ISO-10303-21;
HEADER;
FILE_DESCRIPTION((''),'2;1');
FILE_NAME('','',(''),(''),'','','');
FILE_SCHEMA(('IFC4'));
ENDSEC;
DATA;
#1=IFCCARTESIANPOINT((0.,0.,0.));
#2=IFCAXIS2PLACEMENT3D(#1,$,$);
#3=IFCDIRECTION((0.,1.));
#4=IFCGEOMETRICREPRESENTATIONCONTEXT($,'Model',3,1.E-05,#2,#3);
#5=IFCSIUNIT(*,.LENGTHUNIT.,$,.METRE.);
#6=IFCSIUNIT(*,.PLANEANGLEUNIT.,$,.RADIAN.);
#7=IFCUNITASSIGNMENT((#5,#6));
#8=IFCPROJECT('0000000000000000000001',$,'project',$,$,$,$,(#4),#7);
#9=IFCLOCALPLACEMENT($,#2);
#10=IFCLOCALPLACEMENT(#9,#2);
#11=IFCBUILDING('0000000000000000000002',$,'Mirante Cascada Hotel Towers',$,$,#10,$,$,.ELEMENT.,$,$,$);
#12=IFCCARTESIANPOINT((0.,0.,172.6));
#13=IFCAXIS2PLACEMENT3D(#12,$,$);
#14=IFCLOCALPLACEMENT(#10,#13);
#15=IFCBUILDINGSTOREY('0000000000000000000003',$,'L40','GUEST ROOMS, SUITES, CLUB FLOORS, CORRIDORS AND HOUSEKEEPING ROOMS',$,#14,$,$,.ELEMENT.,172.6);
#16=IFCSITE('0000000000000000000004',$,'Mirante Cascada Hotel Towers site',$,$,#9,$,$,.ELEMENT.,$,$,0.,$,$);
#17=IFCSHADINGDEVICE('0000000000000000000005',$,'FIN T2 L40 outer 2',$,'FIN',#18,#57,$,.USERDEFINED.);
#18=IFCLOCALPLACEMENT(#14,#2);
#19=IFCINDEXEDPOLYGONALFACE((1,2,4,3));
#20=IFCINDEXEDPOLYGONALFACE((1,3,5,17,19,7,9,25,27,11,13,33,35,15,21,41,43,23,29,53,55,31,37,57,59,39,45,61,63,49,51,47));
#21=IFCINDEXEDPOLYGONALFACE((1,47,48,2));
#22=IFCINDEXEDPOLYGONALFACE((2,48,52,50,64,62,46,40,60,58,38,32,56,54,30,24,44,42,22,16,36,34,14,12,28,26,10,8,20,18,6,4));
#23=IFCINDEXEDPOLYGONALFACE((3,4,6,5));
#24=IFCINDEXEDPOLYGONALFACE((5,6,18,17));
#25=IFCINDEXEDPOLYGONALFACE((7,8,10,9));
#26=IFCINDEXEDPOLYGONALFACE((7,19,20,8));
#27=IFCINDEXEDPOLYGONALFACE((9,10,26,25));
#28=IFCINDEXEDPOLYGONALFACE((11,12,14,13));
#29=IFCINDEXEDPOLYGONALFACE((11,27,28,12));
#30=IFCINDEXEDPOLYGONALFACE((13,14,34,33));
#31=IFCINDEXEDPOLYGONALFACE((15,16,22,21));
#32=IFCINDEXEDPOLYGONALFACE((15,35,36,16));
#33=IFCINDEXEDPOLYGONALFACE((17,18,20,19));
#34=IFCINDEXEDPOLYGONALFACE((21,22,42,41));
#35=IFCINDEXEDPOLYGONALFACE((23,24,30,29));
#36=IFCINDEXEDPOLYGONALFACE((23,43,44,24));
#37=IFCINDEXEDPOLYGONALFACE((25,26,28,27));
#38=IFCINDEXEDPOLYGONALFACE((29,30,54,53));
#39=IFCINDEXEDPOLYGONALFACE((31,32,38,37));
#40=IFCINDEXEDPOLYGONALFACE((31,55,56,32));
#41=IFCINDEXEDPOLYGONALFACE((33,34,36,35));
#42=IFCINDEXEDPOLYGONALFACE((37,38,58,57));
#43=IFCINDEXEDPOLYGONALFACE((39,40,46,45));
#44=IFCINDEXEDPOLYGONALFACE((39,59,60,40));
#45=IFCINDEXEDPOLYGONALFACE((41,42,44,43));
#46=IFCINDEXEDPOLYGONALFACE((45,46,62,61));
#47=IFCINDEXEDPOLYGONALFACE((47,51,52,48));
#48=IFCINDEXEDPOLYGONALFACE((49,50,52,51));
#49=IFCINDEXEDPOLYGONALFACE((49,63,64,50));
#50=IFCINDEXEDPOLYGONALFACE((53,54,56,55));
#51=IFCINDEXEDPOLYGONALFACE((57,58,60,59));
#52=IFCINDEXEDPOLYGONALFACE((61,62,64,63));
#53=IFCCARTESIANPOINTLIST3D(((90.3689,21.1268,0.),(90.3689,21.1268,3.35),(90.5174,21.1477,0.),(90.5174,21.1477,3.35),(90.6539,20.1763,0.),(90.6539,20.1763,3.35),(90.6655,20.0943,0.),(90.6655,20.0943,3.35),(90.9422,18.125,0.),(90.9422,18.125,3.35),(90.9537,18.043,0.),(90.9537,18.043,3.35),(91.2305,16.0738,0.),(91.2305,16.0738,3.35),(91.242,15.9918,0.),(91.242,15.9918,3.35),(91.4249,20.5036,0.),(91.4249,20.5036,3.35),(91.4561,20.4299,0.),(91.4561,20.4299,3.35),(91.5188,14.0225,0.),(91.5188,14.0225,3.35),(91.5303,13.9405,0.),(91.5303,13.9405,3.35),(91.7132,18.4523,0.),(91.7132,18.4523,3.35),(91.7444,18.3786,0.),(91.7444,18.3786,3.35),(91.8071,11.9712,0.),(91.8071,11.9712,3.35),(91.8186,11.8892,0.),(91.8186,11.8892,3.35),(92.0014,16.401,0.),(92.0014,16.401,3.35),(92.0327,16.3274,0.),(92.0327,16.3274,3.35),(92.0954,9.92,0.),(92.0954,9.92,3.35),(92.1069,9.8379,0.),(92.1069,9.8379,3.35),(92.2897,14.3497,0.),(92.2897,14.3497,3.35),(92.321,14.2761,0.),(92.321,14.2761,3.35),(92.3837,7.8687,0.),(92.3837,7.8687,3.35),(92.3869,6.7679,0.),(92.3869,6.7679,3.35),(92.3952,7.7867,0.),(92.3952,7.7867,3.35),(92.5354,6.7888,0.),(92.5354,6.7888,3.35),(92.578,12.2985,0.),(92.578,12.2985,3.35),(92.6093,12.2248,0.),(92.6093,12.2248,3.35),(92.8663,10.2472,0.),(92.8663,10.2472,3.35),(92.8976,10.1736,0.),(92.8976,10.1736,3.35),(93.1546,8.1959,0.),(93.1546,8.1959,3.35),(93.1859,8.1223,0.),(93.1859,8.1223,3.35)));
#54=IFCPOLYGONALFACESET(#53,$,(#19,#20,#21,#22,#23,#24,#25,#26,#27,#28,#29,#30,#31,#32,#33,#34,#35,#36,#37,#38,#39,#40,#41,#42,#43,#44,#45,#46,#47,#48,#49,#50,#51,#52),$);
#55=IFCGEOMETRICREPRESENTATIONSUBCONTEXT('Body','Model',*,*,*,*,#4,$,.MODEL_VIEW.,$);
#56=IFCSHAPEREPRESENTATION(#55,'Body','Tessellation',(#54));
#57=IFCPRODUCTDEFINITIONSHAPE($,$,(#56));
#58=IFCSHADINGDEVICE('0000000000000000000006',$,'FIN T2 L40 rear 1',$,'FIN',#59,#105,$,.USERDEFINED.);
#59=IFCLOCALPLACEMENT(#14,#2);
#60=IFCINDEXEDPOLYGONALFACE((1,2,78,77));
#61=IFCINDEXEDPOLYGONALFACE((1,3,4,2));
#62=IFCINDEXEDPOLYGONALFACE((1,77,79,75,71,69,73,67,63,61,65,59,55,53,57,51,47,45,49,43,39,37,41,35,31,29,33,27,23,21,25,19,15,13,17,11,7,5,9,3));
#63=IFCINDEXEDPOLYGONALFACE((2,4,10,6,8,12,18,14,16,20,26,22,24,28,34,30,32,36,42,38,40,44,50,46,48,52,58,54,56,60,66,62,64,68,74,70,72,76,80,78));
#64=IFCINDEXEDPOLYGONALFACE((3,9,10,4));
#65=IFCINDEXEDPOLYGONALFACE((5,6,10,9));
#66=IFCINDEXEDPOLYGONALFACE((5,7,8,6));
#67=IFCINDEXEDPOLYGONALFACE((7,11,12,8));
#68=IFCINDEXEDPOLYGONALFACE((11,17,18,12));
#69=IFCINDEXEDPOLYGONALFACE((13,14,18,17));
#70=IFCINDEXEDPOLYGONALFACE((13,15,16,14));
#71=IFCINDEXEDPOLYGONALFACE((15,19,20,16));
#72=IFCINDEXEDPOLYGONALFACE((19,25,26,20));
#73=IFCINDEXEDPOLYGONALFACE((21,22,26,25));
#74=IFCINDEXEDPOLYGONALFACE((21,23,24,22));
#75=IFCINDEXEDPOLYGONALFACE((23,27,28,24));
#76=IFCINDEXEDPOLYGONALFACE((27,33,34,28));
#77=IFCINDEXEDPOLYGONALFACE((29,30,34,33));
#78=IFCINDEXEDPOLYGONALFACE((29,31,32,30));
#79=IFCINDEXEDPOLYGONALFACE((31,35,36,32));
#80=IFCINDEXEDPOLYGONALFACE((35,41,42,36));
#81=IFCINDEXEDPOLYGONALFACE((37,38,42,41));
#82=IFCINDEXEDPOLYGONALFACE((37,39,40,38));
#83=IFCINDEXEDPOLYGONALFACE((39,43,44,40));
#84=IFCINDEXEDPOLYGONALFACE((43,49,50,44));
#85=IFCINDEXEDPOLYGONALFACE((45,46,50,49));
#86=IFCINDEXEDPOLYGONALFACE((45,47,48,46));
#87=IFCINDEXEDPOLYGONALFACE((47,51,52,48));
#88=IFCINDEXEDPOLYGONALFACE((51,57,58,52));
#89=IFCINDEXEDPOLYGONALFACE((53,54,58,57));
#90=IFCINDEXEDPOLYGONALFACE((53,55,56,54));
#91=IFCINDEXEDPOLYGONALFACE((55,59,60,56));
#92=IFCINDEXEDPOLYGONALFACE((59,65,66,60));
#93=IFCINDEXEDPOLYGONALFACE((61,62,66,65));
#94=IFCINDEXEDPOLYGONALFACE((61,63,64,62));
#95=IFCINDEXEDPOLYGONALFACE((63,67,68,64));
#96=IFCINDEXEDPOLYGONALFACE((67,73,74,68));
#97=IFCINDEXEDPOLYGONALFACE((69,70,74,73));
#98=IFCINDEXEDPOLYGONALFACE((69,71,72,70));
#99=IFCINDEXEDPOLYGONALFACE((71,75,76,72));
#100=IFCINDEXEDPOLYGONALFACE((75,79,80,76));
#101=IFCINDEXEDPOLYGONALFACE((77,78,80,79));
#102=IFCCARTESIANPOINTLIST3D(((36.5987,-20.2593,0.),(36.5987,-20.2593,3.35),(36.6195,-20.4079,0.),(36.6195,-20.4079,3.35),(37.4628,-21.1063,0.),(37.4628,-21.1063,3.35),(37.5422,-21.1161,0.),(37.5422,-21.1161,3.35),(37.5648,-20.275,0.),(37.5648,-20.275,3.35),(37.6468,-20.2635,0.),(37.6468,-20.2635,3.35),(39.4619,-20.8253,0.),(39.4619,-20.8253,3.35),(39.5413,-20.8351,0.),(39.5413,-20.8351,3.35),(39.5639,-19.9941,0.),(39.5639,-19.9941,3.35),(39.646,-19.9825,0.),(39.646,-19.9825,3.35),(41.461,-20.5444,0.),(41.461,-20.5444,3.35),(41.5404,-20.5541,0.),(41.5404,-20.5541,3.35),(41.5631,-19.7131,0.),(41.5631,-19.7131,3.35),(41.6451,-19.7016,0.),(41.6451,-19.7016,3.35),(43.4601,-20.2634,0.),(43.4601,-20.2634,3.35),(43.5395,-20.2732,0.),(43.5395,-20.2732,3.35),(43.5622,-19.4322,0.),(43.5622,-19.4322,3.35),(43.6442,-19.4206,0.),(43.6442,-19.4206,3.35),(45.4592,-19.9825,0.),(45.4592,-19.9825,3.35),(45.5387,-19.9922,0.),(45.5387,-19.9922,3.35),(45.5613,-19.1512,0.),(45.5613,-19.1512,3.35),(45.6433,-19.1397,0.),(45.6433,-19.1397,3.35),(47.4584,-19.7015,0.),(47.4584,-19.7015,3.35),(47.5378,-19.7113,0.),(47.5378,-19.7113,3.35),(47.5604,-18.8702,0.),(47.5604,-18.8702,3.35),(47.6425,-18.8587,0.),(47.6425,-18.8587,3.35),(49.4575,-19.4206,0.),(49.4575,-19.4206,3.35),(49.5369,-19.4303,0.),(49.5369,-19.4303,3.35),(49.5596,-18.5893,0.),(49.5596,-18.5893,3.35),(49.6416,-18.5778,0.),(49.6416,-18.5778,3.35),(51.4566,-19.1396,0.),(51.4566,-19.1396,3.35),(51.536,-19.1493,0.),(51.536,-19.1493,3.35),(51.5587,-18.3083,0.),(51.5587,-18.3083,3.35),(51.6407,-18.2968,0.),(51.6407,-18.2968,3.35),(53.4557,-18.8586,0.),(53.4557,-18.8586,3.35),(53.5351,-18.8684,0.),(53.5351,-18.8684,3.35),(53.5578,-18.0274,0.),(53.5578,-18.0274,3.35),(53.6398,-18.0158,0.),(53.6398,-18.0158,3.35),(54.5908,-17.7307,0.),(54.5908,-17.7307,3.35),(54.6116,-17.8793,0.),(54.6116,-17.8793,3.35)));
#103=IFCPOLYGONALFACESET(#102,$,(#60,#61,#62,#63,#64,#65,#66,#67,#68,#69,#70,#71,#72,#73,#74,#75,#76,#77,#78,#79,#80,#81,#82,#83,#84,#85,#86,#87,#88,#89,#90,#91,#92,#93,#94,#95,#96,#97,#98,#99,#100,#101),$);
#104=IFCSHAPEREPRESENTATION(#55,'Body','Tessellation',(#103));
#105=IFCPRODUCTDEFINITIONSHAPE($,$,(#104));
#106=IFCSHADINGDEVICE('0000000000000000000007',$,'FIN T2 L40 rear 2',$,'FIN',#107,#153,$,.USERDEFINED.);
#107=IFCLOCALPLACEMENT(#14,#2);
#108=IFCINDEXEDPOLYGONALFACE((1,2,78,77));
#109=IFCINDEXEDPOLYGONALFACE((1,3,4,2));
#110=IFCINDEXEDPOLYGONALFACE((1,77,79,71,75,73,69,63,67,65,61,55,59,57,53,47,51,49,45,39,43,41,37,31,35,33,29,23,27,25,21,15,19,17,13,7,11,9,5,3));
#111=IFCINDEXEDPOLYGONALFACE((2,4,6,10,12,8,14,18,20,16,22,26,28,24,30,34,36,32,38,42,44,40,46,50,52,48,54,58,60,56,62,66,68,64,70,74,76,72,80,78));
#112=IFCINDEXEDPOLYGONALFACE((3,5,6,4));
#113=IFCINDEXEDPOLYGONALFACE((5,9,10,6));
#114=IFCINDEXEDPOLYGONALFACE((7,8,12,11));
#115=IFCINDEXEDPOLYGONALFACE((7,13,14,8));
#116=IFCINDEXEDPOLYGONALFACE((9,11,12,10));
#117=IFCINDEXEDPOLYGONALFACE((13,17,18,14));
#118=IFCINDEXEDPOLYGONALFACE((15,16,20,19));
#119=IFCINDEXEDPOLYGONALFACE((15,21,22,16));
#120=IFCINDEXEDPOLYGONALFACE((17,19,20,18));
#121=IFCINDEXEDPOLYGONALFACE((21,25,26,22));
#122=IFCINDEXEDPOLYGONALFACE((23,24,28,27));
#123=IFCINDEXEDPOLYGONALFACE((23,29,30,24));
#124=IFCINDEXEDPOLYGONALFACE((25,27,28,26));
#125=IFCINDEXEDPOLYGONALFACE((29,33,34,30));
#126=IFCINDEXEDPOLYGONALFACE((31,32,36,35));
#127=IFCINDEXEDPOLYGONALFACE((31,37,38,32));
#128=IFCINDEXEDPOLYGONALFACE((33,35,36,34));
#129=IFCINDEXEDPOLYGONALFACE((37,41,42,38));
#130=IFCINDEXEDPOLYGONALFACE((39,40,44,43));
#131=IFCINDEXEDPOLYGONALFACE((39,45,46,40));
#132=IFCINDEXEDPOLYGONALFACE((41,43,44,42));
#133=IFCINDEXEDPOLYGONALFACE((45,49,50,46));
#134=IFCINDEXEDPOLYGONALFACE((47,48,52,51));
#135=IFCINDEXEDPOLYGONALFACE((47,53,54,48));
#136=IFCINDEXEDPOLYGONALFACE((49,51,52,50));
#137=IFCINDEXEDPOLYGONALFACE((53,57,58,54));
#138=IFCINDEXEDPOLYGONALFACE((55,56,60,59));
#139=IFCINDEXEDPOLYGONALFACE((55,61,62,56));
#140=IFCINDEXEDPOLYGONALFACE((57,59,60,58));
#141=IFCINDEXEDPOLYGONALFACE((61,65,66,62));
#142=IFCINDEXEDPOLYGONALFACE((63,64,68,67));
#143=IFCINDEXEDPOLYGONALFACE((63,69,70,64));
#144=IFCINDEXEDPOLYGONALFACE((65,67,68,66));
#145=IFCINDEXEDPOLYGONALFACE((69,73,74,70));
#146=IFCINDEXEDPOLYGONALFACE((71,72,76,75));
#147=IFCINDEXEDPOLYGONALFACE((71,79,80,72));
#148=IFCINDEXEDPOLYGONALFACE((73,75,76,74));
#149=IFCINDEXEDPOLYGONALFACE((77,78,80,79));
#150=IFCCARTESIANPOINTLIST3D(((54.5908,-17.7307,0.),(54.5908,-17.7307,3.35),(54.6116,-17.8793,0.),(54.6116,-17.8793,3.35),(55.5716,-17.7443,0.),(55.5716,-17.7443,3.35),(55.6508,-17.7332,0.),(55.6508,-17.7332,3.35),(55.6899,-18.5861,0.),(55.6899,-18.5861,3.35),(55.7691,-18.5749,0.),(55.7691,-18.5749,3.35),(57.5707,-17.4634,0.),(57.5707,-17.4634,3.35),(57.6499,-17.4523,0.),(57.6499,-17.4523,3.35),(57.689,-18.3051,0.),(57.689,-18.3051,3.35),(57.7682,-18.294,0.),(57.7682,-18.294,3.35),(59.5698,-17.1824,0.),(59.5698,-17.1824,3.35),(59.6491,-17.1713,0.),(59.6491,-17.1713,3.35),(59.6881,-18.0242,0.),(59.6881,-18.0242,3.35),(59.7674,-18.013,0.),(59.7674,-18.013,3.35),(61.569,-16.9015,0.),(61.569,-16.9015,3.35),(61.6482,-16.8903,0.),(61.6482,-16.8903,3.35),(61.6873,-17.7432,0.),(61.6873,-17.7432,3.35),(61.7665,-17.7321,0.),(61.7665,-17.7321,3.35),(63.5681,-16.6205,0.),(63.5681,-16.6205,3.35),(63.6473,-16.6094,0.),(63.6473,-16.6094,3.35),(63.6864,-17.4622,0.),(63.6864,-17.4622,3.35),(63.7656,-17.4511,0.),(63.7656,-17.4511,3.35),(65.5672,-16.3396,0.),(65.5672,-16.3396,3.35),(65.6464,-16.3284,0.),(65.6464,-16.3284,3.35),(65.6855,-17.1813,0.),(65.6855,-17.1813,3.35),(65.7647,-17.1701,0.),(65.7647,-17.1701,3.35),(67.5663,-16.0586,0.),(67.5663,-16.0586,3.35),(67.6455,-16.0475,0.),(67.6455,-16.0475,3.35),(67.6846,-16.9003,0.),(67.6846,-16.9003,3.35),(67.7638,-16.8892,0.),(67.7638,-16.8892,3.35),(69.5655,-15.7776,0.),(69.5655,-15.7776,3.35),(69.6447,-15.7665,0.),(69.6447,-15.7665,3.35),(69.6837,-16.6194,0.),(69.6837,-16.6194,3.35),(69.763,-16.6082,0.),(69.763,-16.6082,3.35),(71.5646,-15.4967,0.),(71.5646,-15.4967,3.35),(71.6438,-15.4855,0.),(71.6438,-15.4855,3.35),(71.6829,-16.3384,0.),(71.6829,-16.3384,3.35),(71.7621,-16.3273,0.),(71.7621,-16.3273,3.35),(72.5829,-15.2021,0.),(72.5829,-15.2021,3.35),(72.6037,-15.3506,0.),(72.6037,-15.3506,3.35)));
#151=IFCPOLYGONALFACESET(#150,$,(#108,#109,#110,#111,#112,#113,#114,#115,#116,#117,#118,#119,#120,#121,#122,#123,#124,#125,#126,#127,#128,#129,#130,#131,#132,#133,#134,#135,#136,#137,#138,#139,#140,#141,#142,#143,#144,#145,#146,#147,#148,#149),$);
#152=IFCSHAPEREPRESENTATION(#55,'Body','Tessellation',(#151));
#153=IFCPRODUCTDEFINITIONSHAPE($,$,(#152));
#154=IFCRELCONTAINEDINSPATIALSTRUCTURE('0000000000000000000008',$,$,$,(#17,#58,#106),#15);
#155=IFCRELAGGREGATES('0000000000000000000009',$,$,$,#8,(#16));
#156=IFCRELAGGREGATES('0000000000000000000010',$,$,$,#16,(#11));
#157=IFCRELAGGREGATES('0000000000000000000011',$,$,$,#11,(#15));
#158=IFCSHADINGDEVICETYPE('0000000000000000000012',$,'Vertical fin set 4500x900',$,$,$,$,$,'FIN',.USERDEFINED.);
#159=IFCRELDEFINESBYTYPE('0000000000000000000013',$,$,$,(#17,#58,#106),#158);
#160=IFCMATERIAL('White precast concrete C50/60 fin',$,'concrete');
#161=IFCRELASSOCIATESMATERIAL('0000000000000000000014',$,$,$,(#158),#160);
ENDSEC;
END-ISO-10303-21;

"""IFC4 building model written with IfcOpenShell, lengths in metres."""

from ifc_helpers import new_model, si_unit, direction, frame, origin, place, context, subcontext, project, spatial, polyline, outline, extrude, material, type_object, element, save


model = new_model("IFC4")

# Units and contexts
model_context = context("Model", 3, precision=1e-05, world=origin(), true_north=direction((0.0, 1.0)))
body_context = subcontext(model_context, "Body", "Model", "MODEL_VIEW")
ifc_project = project(units=[si_unit("LENGTHUNIT", "METRE"), si_unit("PLANEANGLEUNIT", "RADIAN")], contexts=[model_context])

# Site, building, storey
site_placement = place(None, origin())
site = spatial("IfcSite", under=ifc_project, at=site_placement, Name="Mirante Cascada Hotel Towers site", CompositionType="ELEMENT", RefElevation=0.0)
building_placement = place(site_placement, origin())
building = spatial("IfcBuilding", under=site, at=building_placement, Name="Mirante Cascada Hotel Towers", CompositionType="ELEMENT")
storey_placement = place(building_placement, frame((0.0, 0.0, 172.6)))
storey = spatial("IfcBuildingStorey", under=building, at=storey_placement, Name="L40", Description="GUEST ROOMS, SUITES, CLUB FLOORS, CORRIDORS AND HOUSEKEEPING ROOMS", CompositionType="ELEMENT", Elevation=172.6)

# Shading devices
ifc_material_1 = material(Name="White precast concrete C50/60 fin", Category="concrete")
shading_device_type = type_object("IfcShadingDeviceType", Name="Vertical fin set 4500x900", ElementType="FIN", PredefinedType="USERDEFINED", material=ifc_material_1)
shading_device_1_placement = place(storey_placement, origin())
element("IfcShadingDevice", 1, at=shading_device_1_placement, inside=storey, type_object=shading_device_type, Name="FIN T2 L40 outer 2", ObjectType="FIN", PredefinedType="USERDEFINED", context=body_context, shape_type="SweptSolid", body=[
    extrude(outline(polyline([(93.1859, 8.1223), (92.3952, 7.7867), (92.5354, 6.7888), (92.3869, 6.7679), (90.3689, 21.1268), (90.5174, 21.1477), (90.6539, 20.1763), (91.4249, 20.5036), (91.4561, 20.4299), (90.6655, 20.0943), (90.9422, 18.125), (91.7132, 18.4523), (91.7444, 18.3786), (90.9537, 18.043), (91.2305, 16.0738), (92.0014, 16.401), (92.0327, 16.3274), (91.242, 15.9918), (91.5188, 14.0225), (92.2897, 14.3497), (92.321, 14.2761), (91.5303, 13.9405), (91.8071, 11.9712), (92.578, 12.2985), (92.6093, 12.2248), (91.8186, 11.8892), (92.0954, 9.92), (92.8663, 10.2472), (92.8976, 10.1736), (92.1069, 9.8379), (92.3837, 7.8687), (93.1546, 8.1959), (93.1859, 8.1223)])), origin(), (0.0, 0.0, 1.0), 3.35),
])
shading_device_2_placement = place(storey_placement, origin())
element("IfcShadingDevice", 2, at=shading_device_2_placement, inside=storey, type_object=shading_device_type, Name="FIN T2 L40 rear 1", ObjectType="FIN", PredefinedType="USERDEFINED", context=body_context, shape_type="SweptSolid", body=[
    extrude(outline(polyline([(37.4628, -21.1063), (37.5648, -20.275), (36.6195, -20.4079), (36.5987, -20.2593), (54.5908, -17.7307), (54.6116, -17.8793), (53.6398, -18.0158), (53.5351, -18.8684), (53.4557, -18.8586), (53.5578, -18.0274), (51.6407, -18.2968), (51.536, -19.1493), (51.4566, -19.1396), (51.5587, -18.3083), (49.6416, -18.5778), (49.5369, -19.4303), (49.4575, -19.4206), (49.5596, -18.5893), (47.6425, -18.8587), (47.5378, -19.7113), (47.4584, -19.7015), (47.5604, -18.8702), (45.6433, -19.1397), (45.5387, -19.9922), (45.4592, -19.9825), (45.5613, -19.1512), (43.6442, -19.4206), (43.5395, -20.2732), (43.4601, -20.2634), (43.5622, -19.4322), (41.6451, -19.7016), (41.5404, -20.5541), (41.461, -20.5444), (41.5631, -19.7131), (39.646, -19.9825), (39.5413, -20.8351), (39.4619, -20.8253), (39.5639, -19.9941), (37.6468, -20.2635), (37.5422, -21.1161), (37.4628, -21.1063)])), origin(), (0.0, 0.0, 1.0), 3.35),
])
shading_device_3_placement = place(storey_placement, origin())
element("IfcShadingDevice", 3, at=shading_device_3_placement, inside=storey, type_object=shading_device_type, Name="FIN T2 L40 rear 2", ObjectType="FIN", PredefinedType="USERDEFINED", context=body_context, shape_type="SweptSolid", body=[
    extrude(outline(polyline([(55.6899, -18.5861), (55.5716, -17.7443), (54.6116, -17.8793), (54.5908, -17.7307), (72.5829, -15.2021), (72.6037, -15.3506), (71.6438, -15.4855), (71.7621, -16.3273), (71.6829, -16.3384), (71.5646, -15.4967), (69.6447, -15.7665), (69.763, -16.6082), (69.6837, -16.6194), (69.5655, -15.7776), (67.6455, -16.0475), (67.7638, -16.8892), (67.6846, -16.9003), (67.5663, -16.0586), (65.6464, -16.3284), (65.7647, -17.1701), (65.6855, -17.1813), (65.5672, -16.3396), (63.6473, -16.6094), (63.7656, -17.4511), (63.6864, -17.4622), (63.5681, -16.6205), (61.6482, -16.8903), (61.7665, -17.7321), (61.6873, -17.7432), (61.569, -16.9015), (59.6491, -17.1713), (59.7674, -18.013), (59.6881, -18.0242), (59.5698, -17.1824), (57.6499, -17.4523), (57.7682, -18.294), (57.689, -18.3051), (57.5707, -17.4634), (55.6508, -17.7332), (55.7691, -18.5749), (55.6899, -18.5861)])), origin(), (0.0, 0.0, 1.0), 3.35),
])

save(model, "model.ifc")
